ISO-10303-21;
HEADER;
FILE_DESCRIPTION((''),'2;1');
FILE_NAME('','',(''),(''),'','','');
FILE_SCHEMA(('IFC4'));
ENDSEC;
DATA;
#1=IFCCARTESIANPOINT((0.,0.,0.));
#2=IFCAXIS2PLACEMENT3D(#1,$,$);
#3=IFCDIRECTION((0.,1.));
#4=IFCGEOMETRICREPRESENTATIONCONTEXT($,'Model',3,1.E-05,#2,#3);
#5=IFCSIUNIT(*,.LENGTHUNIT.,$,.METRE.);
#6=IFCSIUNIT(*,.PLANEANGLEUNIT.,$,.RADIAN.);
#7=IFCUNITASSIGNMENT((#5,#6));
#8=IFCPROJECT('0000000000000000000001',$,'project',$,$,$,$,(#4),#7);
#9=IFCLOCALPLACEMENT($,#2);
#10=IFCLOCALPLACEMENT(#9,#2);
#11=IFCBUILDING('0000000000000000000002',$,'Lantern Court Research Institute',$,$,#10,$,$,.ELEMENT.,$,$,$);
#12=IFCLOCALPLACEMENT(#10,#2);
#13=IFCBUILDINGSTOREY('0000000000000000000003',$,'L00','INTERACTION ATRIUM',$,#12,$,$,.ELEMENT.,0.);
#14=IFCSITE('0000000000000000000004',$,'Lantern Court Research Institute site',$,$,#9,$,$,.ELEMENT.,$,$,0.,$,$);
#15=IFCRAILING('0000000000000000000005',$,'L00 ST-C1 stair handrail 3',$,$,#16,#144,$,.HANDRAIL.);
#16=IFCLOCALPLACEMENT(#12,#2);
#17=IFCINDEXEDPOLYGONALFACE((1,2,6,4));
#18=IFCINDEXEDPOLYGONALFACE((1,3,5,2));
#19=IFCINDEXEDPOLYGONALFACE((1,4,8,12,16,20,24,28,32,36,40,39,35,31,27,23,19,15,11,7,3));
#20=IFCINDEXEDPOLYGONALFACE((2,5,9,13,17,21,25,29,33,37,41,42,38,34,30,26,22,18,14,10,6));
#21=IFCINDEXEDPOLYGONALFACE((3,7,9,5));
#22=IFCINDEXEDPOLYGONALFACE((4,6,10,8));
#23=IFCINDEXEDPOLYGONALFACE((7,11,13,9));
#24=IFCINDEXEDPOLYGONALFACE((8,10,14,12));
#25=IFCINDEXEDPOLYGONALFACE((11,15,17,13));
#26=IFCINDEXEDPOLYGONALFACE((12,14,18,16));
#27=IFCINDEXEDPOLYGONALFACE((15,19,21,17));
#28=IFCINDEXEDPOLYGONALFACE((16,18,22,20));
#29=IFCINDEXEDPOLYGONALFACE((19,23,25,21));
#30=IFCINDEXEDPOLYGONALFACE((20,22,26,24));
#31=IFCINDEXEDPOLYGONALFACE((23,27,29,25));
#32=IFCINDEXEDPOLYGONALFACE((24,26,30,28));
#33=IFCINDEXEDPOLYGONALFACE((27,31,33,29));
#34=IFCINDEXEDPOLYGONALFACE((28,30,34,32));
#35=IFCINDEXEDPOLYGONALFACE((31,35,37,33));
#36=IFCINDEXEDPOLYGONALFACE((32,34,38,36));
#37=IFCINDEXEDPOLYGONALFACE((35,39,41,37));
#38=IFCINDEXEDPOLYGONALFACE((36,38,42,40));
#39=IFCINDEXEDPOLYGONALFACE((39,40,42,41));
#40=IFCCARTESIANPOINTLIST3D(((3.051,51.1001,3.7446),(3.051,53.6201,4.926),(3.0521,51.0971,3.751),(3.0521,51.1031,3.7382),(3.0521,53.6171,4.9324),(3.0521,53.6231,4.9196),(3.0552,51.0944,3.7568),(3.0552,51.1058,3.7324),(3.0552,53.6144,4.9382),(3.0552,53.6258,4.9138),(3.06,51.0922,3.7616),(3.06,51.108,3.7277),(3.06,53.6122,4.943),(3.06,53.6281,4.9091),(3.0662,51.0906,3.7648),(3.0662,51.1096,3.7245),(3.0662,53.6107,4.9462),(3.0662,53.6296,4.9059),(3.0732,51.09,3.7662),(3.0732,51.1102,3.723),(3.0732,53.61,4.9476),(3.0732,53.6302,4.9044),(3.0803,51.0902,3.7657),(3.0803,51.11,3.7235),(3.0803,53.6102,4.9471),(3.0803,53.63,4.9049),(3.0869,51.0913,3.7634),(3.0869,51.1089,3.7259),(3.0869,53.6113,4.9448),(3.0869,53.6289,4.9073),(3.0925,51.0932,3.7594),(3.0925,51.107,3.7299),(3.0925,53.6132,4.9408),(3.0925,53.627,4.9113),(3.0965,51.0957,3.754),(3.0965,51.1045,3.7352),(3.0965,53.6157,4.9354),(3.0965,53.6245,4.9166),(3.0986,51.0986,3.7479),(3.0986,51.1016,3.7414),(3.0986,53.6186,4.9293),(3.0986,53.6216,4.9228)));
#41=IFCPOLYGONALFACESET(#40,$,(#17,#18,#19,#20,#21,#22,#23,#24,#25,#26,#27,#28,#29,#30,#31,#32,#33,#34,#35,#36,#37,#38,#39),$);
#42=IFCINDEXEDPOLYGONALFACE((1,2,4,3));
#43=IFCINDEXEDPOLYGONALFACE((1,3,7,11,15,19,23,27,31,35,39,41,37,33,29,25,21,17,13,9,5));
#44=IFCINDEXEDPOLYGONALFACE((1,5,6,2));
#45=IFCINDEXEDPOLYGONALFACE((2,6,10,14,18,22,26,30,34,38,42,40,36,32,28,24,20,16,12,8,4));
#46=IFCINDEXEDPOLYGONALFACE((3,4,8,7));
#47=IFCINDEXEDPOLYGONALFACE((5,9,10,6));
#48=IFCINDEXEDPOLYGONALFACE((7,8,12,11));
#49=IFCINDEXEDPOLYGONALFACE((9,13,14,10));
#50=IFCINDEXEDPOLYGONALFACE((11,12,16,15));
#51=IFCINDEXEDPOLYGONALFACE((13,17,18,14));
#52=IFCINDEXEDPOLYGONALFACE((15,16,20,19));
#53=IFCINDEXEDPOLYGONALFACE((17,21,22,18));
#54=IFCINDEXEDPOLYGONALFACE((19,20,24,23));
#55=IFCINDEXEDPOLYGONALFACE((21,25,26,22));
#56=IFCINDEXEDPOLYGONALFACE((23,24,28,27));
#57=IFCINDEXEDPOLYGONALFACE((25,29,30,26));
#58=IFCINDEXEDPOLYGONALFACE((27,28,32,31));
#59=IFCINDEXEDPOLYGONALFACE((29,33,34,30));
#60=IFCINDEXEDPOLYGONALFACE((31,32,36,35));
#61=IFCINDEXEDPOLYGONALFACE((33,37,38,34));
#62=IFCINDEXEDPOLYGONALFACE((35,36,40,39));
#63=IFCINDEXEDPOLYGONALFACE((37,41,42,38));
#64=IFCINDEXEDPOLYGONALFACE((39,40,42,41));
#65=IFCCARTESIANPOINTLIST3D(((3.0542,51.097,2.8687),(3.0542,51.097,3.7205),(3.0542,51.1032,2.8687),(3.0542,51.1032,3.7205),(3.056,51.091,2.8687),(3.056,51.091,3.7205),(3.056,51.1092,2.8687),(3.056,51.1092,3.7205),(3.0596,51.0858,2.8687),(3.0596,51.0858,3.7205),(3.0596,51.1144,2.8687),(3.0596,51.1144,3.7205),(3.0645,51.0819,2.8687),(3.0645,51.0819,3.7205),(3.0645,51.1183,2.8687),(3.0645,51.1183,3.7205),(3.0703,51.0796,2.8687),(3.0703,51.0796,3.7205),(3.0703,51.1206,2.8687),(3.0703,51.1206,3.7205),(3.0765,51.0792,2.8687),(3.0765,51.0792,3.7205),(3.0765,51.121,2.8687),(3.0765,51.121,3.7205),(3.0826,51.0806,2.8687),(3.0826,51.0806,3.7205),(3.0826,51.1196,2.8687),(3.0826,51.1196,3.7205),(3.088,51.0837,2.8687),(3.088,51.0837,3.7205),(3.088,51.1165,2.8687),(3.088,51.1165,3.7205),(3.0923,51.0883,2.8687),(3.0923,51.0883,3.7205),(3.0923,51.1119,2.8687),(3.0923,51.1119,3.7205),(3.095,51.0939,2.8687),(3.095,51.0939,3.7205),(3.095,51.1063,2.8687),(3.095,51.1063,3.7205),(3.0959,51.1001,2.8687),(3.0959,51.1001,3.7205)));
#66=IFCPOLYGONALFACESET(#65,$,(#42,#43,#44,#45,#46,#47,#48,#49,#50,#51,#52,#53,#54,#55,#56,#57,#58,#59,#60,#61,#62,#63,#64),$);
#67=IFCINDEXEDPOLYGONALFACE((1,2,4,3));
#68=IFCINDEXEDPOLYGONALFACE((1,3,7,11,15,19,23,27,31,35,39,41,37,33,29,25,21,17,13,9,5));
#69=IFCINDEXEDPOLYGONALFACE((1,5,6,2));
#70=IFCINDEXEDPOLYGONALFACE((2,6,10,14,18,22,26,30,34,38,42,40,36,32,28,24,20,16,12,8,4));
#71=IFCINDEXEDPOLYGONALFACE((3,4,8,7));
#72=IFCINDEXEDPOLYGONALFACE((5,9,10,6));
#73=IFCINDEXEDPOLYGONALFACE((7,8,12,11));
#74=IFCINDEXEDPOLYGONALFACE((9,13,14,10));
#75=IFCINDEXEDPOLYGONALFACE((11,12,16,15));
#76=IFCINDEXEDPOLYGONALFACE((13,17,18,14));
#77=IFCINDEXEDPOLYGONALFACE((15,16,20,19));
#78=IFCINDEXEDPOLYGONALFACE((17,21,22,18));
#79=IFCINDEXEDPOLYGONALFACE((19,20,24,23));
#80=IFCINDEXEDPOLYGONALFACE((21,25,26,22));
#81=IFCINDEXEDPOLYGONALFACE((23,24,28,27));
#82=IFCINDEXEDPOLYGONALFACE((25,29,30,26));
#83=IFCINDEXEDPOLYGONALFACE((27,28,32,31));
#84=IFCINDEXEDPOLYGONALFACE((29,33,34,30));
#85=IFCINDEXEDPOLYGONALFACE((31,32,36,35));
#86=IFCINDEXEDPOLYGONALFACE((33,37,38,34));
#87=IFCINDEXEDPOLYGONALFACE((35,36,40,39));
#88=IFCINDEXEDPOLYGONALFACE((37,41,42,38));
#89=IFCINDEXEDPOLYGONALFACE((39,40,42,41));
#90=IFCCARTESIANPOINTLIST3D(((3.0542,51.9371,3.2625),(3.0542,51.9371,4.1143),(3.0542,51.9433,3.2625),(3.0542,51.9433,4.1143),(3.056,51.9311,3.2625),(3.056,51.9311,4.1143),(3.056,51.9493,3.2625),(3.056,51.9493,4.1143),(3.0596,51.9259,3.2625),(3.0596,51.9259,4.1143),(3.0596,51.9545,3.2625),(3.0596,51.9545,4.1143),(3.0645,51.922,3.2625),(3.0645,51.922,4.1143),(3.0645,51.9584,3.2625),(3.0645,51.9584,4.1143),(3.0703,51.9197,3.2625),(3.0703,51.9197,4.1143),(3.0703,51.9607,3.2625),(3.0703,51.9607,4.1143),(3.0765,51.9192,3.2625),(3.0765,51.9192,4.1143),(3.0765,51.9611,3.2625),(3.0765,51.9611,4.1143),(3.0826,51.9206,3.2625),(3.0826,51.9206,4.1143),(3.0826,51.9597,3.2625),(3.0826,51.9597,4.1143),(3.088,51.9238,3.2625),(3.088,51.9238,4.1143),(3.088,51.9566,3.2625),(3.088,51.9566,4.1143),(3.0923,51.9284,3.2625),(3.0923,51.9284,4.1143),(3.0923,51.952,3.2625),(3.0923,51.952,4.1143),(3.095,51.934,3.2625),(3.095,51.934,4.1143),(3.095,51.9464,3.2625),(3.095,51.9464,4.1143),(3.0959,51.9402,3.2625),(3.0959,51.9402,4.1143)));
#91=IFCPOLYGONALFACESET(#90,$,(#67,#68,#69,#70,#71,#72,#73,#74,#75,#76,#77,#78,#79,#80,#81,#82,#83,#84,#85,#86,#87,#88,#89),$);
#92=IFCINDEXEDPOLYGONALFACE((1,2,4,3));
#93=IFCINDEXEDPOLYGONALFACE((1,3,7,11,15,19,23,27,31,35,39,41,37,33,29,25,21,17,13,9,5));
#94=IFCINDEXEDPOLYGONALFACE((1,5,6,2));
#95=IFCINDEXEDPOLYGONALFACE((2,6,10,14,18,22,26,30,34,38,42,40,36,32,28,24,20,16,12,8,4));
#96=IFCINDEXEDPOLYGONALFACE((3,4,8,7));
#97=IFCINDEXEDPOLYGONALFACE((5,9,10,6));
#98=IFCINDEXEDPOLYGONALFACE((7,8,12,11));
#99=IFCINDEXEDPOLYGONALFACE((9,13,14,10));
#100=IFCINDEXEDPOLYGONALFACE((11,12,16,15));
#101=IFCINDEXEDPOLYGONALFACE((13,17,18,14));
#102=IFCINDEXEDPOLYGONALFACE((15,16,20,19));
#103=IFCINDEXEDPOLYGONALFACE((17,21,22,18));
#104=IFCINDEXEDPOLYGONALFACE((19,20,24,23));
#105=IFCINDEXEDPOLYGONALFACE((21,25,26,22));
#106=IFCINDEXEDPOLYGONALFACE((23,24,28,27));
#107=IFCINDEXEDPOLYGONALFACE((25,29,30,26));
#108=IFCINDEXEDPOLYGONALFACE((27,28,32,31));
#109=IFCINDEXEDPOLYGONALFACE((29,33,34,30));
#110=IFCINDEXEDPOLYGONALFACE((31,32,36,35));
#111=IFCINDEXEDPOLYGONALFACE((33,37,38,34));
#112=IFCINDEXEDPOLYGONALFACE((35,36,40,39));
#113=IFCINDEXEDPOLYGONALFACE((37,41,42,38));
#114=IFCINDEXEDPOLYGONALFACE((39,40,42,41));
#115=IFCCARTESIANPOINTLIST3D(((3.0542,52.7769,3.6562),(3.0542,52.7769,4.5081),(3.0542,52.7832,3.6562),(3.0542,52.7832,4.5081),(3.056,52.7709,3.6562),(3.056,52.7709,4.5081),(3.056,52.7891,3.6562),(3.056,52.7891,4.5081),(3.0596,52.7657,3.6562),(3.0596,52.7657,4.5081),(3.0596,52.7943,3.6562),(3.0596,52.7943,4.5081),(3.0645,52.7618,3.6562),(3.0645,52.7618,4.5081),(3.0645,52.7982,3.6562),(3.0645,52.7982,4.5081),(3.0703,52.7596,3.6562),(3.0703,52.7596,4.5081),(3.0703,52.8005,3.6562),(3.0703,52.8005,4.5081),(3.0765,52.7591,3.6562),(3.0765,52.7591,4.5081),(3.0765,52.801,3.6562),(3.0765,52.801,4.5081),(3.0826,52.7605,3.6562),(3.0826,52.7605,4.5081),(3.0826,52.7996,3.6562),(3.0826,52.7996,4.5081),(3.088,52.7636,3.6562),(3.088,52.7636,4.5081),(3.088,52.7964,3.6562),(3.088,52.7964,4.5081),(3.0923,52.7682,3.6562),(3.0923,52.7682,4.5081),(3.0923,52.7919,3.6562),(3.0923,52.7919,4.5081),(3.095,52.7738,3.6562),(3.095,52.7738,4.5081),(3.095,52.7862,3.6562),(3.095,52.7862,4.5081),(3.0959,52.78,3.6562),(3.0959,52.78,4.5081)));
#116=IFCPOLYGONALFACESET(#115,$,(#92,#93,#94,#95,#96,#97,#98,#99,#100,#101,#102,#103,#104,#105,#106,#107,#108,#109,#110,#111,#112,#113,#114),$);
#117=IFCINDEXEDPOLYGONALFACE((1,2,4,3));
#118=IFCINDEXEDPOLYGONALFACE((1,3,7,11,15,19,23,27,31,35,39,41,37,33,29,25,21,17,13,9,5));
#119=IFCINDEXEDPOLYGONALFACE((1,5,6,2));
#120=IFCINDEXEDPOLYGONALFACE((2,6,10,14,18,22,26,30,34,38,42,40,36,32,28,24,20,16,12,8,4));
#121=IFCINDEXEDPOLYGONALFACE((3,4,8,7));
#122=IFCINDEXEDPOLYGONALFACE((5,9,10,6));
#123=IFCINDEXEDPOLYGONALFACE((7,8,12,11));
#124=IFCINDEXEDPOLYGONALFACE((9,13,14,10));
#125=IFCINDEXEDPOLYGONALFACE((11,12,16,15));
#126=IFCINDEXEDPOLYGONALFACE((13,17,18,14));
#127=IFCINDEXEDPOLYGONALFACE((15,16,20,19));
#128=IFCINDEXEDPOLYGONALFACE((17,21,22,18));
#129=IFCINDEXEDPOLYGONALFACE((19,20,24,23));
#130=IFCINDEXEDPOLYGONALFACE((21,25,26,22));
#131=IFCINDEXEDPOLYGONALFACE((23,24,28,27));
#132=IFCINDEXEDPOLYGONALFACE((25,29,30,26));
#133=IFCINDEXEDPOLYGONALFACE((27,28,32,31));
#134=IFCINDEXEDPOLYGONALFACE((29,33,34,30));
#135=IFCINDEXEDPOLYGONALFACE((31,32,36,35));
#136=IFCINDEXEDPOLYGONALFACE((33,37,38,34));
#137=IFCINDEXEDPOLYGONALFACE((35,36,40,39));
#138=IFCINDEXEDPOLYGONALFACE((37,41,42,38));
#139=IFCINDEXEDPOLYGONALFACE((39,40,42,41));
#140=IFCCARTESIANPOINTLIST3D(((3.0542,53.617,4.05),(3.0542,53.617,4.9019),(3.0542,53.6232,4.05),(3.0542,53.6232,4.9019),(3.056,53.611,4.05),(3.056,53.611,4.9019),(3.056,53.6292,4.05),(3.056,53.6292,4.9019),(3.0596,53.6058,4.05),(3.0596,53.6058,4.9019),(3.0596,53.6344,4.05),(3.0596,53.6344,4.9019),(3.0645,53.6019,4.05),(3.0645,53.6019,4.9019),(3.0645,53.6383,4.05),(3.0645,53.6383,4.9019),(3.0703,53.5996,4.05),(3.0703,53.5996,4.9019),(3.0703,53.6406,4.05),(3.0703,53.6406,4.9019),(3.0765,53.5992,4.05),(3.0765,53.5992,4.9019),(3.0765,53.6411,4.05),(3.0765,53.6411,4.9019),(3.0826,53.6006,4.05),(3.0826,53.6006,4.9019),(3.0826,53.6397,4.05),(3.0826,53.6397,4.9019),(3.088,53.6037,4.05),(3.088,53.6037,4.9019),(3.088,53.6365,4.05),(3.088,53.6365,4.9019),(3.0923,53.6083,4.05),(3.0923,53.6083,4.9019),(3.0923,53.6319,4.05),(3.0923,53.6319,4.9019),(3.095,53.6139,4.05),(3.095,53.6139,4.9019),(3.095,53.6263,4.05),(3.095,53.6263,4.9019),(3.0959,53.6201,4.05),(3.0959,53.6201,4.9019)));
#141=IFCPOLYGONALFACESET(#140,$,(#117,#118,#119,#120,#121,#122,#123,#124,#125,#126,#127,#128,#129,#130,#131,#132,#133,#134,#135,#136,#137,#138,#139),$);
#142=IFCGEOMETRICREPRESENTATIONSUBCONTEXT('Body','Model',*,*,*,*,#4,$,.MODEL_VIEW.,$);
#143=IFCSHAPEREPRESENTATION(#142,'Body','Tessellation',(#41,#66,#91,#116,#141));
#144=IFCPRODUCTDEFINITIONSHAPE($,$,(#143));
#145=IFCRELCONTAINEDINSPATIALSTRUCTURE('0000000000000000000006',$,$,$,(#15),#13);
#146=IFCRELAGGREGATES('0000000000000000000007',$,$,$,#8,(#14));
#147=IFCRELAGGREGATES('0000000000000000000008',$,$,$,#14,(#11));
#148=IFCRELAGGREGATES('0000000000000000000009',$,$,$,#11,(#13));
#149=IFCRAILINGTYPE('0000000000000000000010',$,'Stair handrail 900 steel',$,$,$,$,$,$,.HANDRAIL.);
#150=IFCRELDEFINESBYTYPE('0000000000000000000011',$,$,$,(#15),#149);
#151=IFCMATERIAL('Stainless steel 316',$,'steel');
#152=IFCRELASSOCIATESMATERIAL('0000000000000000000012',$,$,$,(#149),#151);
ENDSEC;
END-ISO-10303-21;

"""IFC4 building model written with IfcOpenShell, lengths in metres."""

from ifc_helpers import new_model, si_unit, direction, frame, origin, origin_2d, place, context, subcontext, project, spatial, circle, extrude, material, type_object, element, save


model = new_model("IFC4")

# Units and contexts
model_context = context("Model", 3, precision=1e-05, world=origin(), true_north=direction((0.0, 1.0)))
body_context = subcontext(model_context, "Body", "Model", "MODEL_VIEW")
ifc_project = project(units=[si_unit("LENGTHUNIT", "METRE"), si_unit("PLANEANGLEUNIT", "RADIAN")], contexts=[model_context])

# Site, building, storey
site_placement = place(None, origin())
site = spatial("IfcSite", under=ifc_project, at=site_placement, Name="Lantern Court Research Institute site", CompositionType="ELEMENT", RefElevation=0.0)
building_placement = place(site_placement, origin())
building = spatial("IfcBuilding", under=site, at=building_placement, Name="Lantern Court Research Institute", CompositionType="ELEMENT")
storey_placement = place(building_placement, origin())
storey = spatial("IfcBuildingStorey", under=building, at=storey_placement, Name="L00", Description="INTERACTION ATRIUM", CompositionType="ELEMENT", Elevation=0.0)

# Railing
ifc_material_1 = material(Name="Stainless steel 316", Category="steel")
railing_type = type_object("IfcRailingType", Name="Stair handrail 900 steel", PredefinedType="HANDRAIL", material=ifc_material_1)
for number, where, name in (
    (1, (3.075, 51.1001, 2.8687), "L00 ST-C1 stair handrail 3"),
):
    element("IfcRailing", number, at=place(storey_placement, frame(where)), inside=storey, type_object=railing_type, Name=name, PredefinedType="HANDRAIL", context=body_context, shape_type="SweptSolid", body=[
        extrude(circle(Radius=0.0239, at=origin_2d()), frame((0.0, 0.0, 0.876), z_axis=(0.0, 0.90544, 0.424474), x_axis=(-1.0, 0.0, 0.0)), (0.0, 0.0, 1.0), 2.7832),
        extrude(circle(Radius=0.021, at=origin_2d()), origin(), (0.0, 0.0, 1.0), 0.8518),
        extrude(circle(Radius=0.021, at=origin_2d()), frame((0.0, 0.8401, 0.3938)), (0.0, 0.0, 1.0), 0.8518),
        extrude(circle(Radius=0.021, at=origin_2d()), frame((0.0, 1.6799, 0.7876)), (0.0, 0.0, 1.0), 0.8518),
        extrude(circle(Radius=0.021, at=origin_2d()), frame((0.0, 2.52, 1.1814)), (0.0, 0.0, 1.0), 0.8518),
    ])

save(model, "model.ifc")
